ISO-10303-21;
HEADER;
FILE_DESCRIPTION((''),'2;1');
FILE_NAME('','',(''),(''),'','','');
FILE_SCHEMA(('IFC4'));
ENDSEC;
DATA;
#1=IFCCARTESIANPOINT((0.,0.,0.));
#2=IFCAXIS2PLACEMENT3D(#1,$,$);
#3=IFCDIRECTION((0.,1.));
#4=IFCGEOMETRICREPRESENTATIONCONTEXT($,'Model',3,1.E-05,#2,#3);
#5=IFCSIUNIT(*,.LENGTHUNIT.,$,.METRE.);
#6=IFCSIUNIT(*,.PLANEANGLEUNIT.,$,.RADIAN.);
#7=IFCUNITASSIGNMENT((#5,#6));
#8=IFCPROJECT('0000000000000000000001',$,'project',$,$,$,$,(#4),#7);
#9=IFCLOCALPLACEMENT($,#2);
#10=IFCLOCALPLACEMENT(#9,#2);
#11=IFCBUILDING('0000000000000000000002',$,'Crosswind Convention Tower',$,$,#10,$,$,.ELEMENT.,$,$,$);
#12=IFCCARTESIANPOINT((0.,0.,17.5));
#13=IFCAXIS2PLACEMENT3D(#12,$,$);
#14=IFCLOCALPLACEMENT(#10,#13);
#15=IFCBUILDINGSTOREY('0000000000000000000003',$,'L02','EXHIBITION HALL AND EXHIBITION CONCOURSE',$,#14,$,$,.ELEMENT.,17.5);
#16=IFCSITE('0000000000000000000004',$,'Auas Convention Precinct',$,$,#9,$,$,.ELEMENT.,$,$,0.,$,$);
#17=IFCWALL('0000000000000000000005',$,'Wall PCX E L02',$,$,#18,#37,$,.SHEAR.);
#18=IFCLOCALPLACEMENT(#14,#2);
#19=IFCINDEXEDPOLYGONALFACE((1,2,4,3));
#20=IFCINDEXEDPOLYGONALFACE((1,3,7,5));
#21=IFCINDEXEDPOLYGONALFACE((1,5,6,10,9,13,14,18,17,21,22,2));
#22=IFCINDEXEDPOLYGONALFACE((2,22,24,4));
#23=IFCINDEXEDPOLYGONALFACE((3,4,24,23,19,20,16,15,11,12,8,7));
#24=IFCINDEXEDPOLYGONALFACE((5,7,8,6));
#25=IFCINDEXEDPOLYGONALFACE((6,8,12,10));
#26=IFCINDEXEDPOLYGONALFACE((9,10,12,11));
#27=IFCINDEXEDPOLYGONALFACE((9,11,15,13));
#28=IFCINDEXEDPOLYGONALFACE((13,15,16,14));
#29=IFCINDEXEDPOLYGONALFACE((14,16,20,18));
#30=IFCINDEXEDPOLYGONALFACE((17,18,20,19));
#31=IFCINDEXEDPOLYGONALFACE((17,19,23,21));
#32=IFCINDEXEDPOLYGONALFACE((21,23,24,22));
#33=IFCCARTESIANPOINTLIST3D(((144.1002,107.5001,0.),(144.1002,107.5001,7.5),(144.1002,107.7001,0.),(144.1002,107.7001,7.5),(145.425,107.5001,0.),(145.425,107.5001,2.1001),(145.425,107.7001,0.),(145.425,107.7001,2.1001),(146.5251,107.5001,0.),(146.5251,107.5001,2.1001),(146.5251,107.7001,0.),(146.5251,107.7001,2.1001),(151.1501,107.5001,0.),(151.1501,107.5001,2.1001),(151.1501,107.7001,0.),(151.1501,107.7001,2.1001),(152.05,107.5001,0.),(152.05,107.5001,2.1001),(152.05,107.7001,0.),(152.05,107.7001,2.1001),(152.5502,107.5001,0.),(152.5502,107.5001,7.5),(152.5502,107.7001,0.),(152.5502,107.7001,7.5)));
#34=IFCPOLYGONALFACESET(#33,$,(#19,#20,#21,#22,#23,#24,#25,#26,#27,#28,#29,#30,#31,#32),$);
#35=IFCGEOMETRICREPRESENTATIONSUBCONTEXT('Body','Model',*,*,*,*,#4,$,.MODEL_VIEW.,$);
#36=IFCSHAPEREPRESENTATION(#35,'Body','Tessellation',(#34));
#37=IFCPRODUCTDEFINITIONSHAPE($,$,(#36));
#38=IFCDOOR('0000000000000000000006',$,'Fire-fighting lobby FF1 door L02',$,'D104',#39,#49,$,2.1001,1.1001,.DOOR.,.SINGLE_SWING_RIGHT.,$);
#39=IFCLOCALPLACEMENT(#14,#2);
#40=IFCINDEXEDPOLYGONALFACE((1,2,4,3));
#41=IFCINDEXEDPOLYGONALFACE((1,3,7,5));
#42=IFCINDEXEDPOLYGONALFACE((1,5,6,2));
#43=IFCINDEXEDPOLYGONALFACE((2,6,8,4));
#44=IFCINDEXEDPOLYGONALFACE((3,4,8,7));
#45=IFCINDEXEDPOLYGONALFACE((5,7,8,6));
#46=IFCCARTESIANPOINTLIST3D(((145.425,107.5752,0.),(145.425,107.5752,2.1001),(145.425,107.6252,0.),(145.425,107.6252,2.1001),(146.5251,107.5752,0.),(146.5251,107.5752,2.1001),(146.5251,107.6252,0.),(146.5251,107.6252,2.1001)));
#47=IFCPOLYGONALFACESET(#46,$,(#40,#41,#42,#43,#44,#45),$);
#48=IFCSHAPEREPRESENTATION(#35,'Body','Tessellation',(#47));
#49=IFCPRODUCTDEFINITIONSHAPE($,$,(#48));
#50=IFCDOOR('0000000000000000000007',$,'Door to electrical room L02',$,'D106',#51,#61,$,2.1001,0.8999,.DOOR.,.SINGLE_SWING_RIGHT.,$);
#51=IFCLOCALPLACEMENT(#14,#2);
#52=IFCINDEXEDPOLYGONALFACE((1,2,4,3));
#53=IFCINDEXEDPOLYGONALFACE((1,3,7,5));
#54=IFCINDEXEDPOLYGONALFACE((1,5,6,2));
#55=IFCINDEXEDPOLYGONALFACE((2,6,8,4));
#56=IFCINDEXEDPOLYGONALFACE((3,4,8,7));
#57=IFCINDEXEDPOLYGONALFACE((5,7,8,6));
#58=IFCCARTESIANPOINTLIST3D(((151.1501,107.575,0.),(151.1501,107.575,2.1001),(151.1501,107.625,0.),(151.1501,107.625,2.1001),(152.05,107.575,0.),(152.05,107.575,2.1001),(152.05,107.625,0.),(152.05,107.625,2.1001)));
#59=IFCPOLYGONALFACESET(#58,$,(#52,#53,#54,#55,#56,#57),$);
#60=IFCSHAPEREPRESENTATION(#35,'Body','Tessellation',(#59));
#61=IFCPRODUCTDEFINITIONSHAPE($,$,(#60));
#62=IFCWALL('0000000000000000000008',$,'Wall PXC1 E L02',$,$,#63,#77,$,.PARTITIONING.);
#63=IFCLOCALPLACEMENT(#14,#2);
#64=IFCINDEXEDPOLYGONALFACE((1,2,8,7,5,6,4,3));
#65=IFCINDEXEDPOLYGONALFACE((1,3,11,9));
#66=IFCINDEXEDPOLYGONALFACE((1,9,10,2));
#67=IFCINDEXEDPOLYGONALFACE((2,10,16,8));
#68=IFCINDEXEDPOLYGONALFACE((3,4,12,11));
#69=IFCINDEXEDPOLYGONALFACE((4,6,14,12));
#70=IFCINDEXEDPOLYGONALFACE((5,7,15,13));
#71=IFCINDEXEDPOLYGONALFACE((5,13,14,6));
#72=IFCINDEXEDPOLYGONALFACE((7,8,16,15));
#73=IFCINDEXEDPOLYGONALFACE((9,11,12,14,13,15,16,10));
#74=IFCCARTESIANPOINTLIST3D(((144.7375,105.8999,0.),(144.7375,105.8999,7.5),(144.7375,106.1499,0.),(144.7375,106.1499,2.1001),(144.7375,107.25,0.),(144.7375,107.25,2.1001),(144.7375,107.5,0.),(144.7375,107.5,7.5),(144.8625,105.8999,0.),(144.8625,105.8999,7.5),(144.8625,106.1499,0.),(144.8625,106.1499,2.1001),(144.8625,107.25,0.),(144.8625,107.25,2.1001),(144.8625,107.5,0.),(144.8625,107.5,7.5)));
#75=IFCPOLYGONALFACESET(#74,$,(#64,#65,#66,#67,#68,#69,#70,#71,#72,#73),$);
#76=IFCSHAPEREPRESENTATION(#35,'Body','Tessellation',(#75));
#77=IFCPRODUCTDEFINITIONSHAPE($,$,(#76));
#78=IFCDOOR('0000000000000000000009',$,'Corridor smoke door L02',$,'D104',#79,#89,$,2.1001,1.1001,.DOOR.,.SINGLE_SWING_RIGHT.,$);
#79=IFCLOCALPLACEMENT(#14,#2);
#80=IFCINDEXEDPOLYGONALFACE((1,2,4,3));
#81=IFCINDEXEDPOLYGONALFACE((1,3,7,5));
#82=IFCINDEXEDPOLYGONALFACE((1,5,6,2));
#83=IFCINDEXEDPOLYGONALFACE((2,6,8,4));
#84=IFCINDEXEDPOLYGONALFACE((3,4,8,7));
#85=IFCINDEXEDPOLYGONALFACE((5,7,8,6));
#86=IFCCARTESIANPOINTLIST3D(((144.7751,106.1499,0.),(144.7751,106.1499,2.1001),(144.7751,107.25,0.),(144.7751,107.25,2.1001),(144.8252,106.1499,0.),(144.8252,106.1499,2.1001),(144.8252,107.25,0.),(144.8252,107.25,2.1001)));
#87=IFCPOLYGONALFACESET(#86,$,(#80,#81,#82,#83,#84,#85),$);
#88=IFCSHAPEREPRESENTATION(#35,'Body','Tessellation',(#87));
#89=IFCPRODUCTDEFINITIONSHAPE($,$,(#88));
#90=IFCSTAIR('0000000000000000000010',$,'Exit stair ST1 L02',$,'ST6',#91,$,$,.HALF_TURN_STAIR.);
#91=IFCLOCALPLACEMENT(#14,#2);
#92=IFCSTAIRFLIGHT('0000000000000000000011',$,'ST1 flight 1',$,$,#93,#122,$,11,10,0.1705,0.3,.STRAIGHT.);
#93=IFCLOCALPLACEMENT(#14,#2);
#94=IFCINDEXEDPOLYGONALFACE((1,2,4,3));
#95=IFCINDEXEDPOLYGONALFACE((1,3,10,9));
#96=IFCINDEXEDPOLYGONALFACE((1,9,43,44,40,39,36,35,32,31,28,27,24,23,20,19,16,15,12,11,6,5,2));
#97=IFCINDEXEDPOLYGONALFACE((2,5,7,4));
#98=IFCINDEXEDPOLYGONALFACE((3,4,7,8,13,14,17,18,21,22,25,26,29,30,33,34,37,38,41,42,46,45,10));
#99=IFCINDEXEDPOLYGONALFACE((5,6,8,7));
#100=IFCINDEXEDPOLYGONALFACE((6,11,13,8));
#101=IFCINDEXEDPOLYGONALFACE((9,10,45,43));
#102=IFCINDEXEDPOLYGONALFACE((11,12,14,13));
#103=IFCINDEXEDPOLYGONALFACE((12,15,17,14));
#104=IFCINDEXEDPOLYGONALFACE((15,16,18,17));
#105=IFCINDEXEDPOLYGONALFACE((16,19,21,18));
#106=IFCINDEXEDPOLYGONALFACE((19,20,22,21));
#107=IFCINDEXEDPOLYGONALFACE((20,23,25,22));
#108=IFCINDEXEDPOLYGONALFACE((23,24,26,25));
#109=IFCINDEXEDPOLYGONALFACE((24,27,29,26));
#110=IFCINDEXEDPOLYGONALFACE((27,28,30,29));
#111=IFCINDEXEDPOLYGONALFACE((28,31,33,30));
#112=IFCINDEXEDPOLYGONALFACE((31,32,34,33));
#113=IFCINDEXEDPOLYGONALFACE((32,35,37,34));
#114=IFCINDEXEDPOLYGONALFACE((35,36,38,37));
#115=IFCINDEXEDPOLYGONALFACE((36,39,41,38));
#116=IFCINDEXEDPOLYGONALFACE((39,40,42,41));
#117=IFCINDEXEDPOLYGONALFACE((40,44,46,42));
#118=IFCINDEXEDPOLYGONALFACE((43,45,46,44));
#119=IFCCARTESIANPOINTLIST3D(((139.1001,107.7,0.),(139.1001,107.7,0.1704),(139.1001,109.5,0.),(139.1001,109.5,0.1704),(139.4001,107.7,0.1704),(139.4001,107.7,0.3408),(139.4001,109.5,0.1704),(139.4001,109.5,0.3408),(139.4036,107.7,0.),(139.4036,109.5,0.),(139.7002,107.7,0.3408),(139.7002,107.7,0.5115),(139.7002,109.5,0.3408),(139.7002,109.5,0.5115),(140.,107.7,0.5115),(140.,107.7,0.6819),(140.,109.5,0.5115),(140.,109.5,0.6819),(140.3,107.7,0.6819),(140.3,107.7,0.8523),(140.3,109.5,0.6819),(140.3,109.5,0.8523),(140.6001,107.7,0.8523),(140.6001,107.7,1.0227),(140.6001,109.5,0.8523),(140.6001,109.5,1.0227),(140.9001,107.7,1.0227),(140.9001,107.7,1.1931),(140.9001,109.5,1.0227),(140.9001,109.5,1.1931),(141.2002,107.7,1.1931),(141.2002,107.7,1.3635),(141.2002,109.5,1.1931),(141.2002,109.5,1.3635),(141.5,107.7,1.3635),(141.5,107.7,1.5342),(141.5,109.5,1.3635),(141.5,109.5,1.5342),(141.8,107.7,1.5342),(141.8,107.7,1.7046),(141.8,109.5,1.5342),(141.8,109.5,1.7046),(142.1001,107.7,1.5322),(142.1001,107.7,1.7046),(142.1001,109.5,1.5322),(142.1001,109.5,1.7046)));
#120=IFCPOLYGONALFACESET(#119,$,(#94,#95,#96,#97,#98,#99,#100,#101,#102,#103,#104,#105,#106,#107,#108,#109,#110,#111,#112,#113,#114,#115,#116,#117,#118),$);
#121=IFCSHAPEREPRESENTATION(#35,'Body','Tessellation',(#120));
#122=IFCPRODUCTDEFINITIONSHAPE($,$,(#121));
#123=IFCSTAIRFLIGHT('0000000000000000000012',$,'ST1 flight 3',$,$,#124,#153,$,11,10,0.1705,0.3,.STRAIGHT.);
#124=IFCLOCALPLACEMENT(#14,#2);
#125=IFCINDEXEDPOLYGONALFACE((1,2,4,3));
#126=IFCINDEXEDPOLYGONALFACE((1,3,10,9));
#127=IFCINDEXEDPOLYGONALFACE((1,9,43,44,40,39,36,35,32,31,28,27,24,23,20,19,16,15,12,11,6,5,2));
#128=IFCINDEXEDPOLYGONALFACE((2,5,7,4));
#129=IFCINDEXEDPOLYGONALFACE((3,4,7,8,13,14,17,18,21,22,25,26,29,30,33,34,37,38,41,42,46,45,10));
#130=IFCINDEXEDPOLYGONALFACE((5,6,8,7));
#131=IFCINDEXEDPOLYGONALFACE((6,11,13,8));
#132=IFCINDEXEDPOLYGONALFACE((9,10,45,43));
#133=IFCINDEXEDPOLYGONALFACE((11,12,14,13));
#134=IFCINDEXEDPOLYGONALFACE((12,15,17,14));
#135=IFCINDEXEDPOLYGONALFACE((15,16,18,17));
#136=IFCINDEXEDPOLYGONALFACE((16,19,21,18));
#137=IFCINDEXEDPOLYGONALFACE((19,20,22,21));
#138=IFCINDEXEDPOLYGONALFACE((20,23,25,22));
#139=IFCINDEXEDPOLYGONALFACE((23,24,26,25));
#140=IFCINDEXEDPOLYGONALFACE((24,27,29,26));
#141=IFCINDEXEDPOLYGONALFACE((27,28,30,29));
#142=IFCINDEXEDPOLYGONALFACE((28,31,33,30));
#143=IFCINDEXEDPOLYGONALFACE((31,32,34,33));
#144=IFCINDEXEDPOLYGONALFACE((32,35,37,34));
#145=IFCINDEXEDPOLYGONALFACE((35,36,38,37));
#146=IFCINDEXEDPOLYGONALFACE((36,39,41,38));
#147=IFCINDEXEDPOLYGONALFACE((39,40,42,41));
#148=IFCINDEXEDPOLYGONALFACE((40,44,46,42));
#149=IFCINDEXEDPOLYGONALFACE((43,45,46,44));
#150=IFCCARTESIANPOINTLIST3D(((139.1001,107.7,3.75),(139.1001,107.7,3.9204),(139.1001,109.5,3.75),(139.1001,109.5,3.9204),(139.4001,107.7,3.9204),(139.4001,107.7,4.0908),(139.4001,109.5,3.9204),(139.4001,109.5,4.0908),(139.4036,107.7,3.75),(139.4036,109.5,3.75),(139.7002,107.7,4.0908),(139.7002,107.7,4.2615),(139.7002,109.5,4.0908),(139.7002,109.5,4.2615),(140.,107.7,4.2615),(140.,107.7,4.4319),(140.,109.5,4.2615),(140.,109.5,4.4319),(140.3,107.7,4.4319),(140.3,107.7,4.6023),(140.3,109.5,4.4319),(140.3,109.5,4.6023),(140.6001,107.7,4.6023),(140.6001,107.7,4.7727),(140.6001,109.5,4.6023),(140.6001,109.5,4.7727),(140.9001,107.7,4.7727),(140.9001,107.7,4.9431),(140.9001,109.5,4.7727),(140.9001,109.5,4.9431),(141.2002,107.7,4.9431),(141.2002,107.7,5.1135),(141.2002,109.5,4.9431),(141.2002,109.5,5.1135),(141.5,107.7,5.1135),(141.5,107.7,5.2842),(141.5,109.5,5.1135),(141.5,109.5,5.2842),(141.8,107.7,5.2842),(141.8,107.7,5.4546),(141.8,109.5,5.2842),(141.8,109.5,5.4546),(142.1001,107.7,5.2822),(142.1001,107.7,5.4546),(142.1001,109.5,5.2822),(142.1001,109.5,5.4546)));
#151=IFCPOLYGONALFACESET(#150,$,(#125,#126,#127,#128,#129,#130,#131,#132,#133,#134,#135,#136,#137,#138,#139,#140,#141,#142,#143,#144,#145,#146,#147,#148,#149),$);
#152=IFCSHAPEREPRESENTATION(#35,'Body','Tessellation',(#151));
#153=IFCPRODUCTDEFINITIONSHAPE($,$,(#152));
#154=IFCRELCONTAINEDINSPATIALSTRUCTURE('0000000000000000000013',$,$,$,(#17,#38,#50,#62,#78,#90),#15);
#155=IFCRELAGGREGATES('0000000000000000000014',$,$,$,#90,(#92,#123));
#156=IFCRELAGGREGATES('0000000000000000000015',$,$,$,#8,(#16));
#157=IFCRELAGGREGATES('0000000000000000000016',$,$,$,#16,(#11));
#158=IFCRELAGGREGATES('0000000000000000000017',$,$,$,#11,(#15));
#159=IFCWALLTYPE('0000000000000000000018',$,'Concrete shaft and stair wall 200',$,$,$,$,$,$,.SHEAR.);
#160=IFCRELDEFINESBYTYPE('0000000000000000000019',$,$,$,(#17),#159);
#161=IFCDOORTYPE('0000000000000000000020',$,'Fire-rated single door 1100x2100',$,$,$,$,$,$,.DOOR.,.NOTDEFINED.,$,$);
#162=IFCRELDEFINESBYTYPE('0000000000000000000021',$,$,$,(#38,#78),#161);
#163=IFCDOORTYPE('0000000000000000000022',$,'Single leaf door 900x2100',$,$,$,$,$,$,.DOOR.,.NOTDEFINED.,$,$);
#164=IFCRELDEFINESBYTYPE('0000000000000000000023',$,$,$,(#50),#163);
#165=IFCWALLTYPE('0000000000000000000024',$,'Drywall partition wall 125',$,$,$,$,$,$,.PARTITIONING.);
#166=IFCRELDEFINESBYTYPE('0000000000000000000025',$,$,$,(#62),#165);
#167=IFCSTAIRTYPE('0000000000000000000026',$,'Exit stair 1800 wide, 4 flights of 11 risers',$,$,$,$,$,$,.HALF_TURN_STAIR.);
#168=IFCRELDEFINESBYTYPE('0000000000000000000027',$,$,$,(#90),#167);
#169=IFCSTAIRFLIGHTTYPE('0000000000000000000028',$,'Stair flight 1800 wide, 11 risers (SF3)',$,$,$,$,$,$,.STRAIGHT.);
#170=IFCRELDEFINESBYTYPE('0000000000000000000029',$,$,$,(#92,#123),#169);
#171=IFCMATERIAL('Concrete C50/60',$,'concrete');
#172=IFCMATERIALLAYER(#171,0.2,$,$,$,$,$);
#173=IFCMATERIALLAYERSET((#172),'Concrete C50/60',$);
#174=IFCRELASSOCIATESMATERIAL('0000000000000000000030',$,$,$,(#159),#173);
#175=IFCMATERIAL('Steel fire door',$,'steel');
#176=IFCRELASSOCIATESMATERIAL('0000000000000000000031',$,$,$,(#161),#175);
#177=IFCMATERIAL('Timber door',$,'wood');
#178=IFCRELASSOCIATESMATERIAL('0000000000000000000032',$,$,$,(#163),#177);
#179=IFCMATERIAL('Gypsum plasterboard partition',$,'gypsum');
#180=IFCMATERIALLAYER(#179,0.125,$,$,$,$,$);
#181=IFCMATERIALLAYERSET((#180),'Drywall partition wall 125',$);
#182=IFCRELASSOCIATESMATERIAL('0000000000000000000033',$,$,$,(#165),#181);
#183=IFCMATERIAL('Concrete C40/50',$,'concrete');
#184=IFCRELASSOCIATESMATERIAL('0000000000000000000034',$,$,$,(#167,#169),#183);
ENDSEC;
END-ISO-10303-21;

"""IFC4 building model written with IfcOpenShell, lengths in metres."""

from ifc_helpers import new_model, si_unit, direction, frame, frame_2d, origin, place, context, subcontext, project, spatial, polyline, rectangle, outline, extrude, material, layer, layer_set, type_object, element, fill, aggregate, save


model = new_model("IFC4")

# Units and contexts
model_context = context("Model", 3, precision=1e-05, world=origin(), true_north=direction((0.0, 1.0)))
body_context = subcontext(model_context, "Body", "Model", "MODEL_VIEW")
ifc_project = project(units=[si_unit("LENGTHUNIT", "METRE"), si_unit("PLANEANGLEUNIT", "RADIAN")], contexts=[model_context])

# Site, building, storey
site_placement = place(None, origin())
site = spatial("IfcSite", under=ifc_project, at=site_placement, Name="Auas Convention Precinct", CompositionType="ELEMENT", RefElevation=0.0)
building_placement = place(site_placement, origin())
building = spatial("IfcBuilding", under=site, at=building_placement, Name="Crosswind Convention Tower", CompositionType="ELEMENT")
storey_placement = place(building_placement, frame((0.0, 0.0, 17.5)))
storey = spatial("IfcBuildingStorey", under=building, at=storey_placement, Name="L02", Description="EXHIBITION HALL AND EXHIBITION CONCOURSE", CompositionType="ELEMENT", Elevation=17.5)

# Shared definitions
ifc_material_1 = material(Name="Concrete C50/60", Category="concrete")
ifc_layer_1 = layer(ifc_material_1, 0.2)
ifc_layer_set_1 = layer_set([ifc_layer_1], Name="Concrete C50/60")
wall_type_1 = type_object("IfcWallType", Name="Concrete shaft and stair wall 200", PredefinedType="SHEAR", material=ifc_layer_set_1)

# Wall, openings, doors
wall_1_placement = place(storey_placement, frame((144.1001, 107.6001, 0.0), z_axis=(0.0, 0.0, 1.0), x_axis=(1.0, 0.0, 0.0)))
wall_1 = element("IfcWall", 1, at=wall_1_placement, inside=storey, type_object=wall_type_1, Name="Wall PCX E L02", PredefinedType="SHEAR", context=body_context, shape_type="SweptSolid", body=[
    extrude(rectangle(XDim=8.45, YDim=0.2, at=frame_2d((4.2251, 0.0))), origin(), (0.0, 0.0, 1.0), 7.5),
])
opening_1_placement = place(wall_1_placement, frame((1.325, 0.0, 0.0)))
opening_1 = element("IfcOpeningElement", 2, at=opening_1_placement, cuts=wall_1, PredefinedType="OPENING", context=body_context, shape_type="SweptSolid", body=[
    extrude(rectangle(XDim=1.1001, YDim=2.1001, at=frame_2d((0.55, 1.05))), frame((0.0, 0.1099, 0.0), z_axis=(0.0, -1.0, 0.0), x_axis=(1.0, 0.0, 0.0)), (0.0, 0.0, 1.0), 0.22),
])
opening_2_placement = place(wall_1_placement, frame((7.05, 0.0, 0.0)))
opening_2 = element("IfcOpeningElement", 3, at=opening_2_placement, cuts=wall_1, PredefinedType="OPENING", context=body_context, shape_type="SweptSolid", body=[
    extrude(rectangle(XDim=0.8999, YDim=2.1001, at=frame_2d((0.45, 1.05))), frame((0.0, 0.1099, 0.0), z_axis=(0.0, -1.0, 0.0), x_axis=(1.0, 0.0, 0.0)), (0.0, 0.0, 1.0), 0.22),
])
ifc_material_2 = material(Name="Steel fire door", Category="steel")
door_type_1 = type_object("IfcDoorType", Name="Fire-rated single door 1100x2100", OperationType="NOTDEFINED", PredefinedType="DOOR", material=ifc_material_2)
door_1_placement = place(opening_1_placement, frame((1.1001, 0.0, 0.0), z_axis=(0.0, 0.0, 1.0), x_axis=(-1.0, 0.0, 0.0)))
door_1 = element("IfcDoor", 4, at=door_1_placement, inside=storey, type_object=door_type_1, Name="Fire-fighting lobby FF1 door L02", ObjectType="D104", OperationType="SINGLE_SWING_RIGHT", OverallHeight=2.1001, OverallWidth=1.1001, PredefinedType="DOOR", context=body_context, shape_type="SweptSolid", body=[
    extrude(rectangle(XDim=1.1001, YDim=2.1001, at=frame_2d((0.55, 1.05))), frame((0.0, 0.0249, 0.0), z_axis=(0.0, -1.0, 0.0), x_axis=(1.0, 0.0, 0.0)), (0.0, 0.0, 1.0), 0.05),
])
fill(opening_1, door_1)
ifc_material_3 = material(Name="Timber door", Category="wood")
door_type_2 = type_object("IfcDoorType", Name="Single leaf door 900x2100", OperationType="NOTDEFINED", PredefinedType="DOOR", material=ifc_material_3)
door_2_placement = place(opening_2_placement, origin())
door_2 = element("IfcDoor", 5, at=door_2_placement, inside=storey, type_object=door_type_2, Name="Door to electrical room L02", ObjectType="D106", OperationType="SINGLE_SWING_RIGHT", OverallHeight=2.1001, OverallWidth=0.8999, PredefinedType="DOOR", context=body_context, shape_type="SweptSolid", body=[
    extrude(rectangle(XDim=0.8999, YDim=2.1001, at=frame_2d((0.45, 1.05))), frame((0.0, 0.0249, 0.0), z_axis=(0.0, -1.0, 0.0), x_axis=(1.0, 0.0, 0.0)), (0.0, 0.0, 1.0), 0.05),
])
fill(opening_2, door_2)

# Wall, opening, door
ifc_material_4 = material(Name="Gypsum plasterboard partition", Category="gypsum")
ifc_layer_2 = layer(ifc_material_4, 0.125)
ifc_layer_set_2 = layer_set([ifc_layer_2], Name="Drywall partition wall 125")
wall_type_2 = type_object("IfcWallType", Name="Drywall partition wall 125", PredefinedType="PARTITIONING", material=ifc_layer_set_2)
wall_2_placement = place(storey_placement, frame((144.8, 105.8999, 0.0), z_axis=(0.0, 0.0, 1.0), x_axis=(0.0, 1.0, 0.0)))
wall_2 = element("IfcWall", 6, at=wall_2_placement, inside=storey, type_object=wall_type_2, Name="Wall PXC1 E L02", PredefinedType="PARTITIONING", context=body_context, shape_type="SweptSolid", body=[
    extrude(rectangle(XDim=1.6001, YDim=0.125, at=frame_2d((0.8, 0.0))), origin(), (0.0, 0.0, 1.0), 7.5),
])
opening_3_placement = place(wall_2_placement, frame((0.25, 0.0, 0.0)))
opening_3 = element("IfcOpeningElement", 7, at=opening_3_placement, cuts=wall_2, PredefinedType="OPENING", context=body_context, shape_type="SweptSolid", body=[
    extrude(rectangle(XDim=1.1001, YDim=2.1001, at=frame_2d((0.55, 1.05))), frame((0.0, 0.0725, 0.0), z_axis=(0.0, -1.0, 0.0), x_axis=(1.0, 0.0, 0.0)), (0.0, 0.0, 1.0), 0.145),
])
door_3_placement = place(opening_3_placement, origin())
door_3 = element("IfcDoor", 8, at=door_3_placement, inside=storey, type_object=door_type_1, Name="Corridor smoke door L02", ObjectType="D104", OperationType="SINGLE_SWING_RIGHT", OverallHeight=2.1001, OverallWidth=1.1001, PredefinedType="DOOR", context=body_context, shape_type="SweptSolid", body=[
    extrude(rectangle(XDim=1.1001, YDim=2.1001, at=frame_2d((0.55, 1.05))), frame((0.0, 0.0249, 0.0), z_axis=(0.0, -1.0, 0.0), x_axis=(1.0, 0.0, 0.0)), (0.0, 0.0, 1.0), 0.05),
])
fill(opening_3, door_3)

# Stair, stair flights
ifc_material_5 = material(Name="Concrete C40/50", Category="concrete")
stair_type = type_object("IfcStairType", Name="Exit stair 1800 wide, 4 flights of 11 risers", PredefinedType="HALF_TURN_STAIR", material=ifc_material_5)
stair_placement = place(storey_placement, origin())
stair = element("IfcStair", 9, at=stair_placement, inside=storey, type_object=stair_type, Name="Exit stair ST1 L02", ObjectType="ST6", PredefinedType="HALF_TURN_STAIR")
stair_flight_type = type_object("IfcStairFlightType", Name="Stair flight 1800 wide, 11 risers (SF3)", PredefinedType="STRAIGHT", material=ifc_material_5)
stair_flight_1_placement = place(storey_placement, frame((139.1001, 108.6001, 0.0), z_axis=(0.0, 0.0, 1.0), x_axis=(1.0, 0.0, 0.0)))
stair_flight_1 = element("IfcStairFlight", 10, at=stair_flight_1_placement, type_object=stair_flight_type, Name="ST1 flight 1", NumberOfRisers=11, NumberOfTreads=10, PredefinedType="STRAIGHT", RiserHeight=0.1705, TreadLength=0.3, context=body_context, shape_type="SweptSolid", body=[
    extrude(outline(polyline([(0.0, 0.0), (0.0, 0.1704), (0.3, 0.1704), (0.3, 0.3408), (0.6001, 0.3408), (0.6001, 0.5115), (0.8999, 0.5115), (0.8999, 0.6819), (1.2, 0.6819), (1.2, 0.8523), (1.5, 0.8523), (1.5, 1.0227), (1.8, 1.0227), (1.8, 1.1931), (2.1001, 1.1931), (2.1001, 1.3635), (2.3999, 1.3635), (2.3999, 1.5342), (2.7, 1.5342), (2.7, 1.7046), (3.0, 1.7046), (3.0, 1.875), (3.0, 1.5322), (0.3035, 0.0), (0.0, 0.0)])), frame((0.0, 0.8999, 0.0), z_axis=(0.0, -1.0, 0.0), x_axis=(1.0, 0.0, 0.0)), (0.0, 0.0, 1.0), 1.8),
])
stair_flight_2_placement = place(storey_placement, frame((139.1001, 108.6001, 3.75), z_axis=(0.0, 0.0, 1.0), x_axis=(1.0, 0.0, 0.0)))
stair_flight_2 = element("IfcStairFlight", 11, at=stair_flight_2_placement, type_object=stair_flight_type, Name="ST1 flight 3", NumberOfRisers=11, NumberOfTreads=10, PredefinedType="STRAIGHT", RiserHeight=0.1705, TreadLength=0.3, context=body_context, shape_type="SweptSolid", body=[
    extrude(outline(polyline([(0.0, 0.0), (0.0, 0.1704), (0.3, 0.1704), (0.3, 0.3408), (0.6001, 0.3408), (0.6001, 0.5115), (0.8999, 0.5115), (0.8999, 0.6819), (1.2, 0.6819), (1.2, 0.8523), (1.5, 0.8523), (1.5, 1.0227), (1.8, 1.0227), (1.8, 1.1931), (2.1001, 1.1931), (2.1001, 1.3635), (2.3999, 1.3635), (2.3999, 1.5342), (2.7, 1.5342), (2.7, 1.7046), (3.0, 1.7046), (3.0, 1.875), (3.0, 1.5322), (0.3035, 0.0), (0.0, 0.0)])), frame((0.0, 0.8999, 0.0), z_axis=(0.0, -1.0, 0.0), x_axis=(1.0, 0.0, 0.0)), (0.0, 0.0, 1.0), 1.8),
])
aggregate(stair, [stair_flight_1, stair_flight_2])

save(model, "model.ifc")
